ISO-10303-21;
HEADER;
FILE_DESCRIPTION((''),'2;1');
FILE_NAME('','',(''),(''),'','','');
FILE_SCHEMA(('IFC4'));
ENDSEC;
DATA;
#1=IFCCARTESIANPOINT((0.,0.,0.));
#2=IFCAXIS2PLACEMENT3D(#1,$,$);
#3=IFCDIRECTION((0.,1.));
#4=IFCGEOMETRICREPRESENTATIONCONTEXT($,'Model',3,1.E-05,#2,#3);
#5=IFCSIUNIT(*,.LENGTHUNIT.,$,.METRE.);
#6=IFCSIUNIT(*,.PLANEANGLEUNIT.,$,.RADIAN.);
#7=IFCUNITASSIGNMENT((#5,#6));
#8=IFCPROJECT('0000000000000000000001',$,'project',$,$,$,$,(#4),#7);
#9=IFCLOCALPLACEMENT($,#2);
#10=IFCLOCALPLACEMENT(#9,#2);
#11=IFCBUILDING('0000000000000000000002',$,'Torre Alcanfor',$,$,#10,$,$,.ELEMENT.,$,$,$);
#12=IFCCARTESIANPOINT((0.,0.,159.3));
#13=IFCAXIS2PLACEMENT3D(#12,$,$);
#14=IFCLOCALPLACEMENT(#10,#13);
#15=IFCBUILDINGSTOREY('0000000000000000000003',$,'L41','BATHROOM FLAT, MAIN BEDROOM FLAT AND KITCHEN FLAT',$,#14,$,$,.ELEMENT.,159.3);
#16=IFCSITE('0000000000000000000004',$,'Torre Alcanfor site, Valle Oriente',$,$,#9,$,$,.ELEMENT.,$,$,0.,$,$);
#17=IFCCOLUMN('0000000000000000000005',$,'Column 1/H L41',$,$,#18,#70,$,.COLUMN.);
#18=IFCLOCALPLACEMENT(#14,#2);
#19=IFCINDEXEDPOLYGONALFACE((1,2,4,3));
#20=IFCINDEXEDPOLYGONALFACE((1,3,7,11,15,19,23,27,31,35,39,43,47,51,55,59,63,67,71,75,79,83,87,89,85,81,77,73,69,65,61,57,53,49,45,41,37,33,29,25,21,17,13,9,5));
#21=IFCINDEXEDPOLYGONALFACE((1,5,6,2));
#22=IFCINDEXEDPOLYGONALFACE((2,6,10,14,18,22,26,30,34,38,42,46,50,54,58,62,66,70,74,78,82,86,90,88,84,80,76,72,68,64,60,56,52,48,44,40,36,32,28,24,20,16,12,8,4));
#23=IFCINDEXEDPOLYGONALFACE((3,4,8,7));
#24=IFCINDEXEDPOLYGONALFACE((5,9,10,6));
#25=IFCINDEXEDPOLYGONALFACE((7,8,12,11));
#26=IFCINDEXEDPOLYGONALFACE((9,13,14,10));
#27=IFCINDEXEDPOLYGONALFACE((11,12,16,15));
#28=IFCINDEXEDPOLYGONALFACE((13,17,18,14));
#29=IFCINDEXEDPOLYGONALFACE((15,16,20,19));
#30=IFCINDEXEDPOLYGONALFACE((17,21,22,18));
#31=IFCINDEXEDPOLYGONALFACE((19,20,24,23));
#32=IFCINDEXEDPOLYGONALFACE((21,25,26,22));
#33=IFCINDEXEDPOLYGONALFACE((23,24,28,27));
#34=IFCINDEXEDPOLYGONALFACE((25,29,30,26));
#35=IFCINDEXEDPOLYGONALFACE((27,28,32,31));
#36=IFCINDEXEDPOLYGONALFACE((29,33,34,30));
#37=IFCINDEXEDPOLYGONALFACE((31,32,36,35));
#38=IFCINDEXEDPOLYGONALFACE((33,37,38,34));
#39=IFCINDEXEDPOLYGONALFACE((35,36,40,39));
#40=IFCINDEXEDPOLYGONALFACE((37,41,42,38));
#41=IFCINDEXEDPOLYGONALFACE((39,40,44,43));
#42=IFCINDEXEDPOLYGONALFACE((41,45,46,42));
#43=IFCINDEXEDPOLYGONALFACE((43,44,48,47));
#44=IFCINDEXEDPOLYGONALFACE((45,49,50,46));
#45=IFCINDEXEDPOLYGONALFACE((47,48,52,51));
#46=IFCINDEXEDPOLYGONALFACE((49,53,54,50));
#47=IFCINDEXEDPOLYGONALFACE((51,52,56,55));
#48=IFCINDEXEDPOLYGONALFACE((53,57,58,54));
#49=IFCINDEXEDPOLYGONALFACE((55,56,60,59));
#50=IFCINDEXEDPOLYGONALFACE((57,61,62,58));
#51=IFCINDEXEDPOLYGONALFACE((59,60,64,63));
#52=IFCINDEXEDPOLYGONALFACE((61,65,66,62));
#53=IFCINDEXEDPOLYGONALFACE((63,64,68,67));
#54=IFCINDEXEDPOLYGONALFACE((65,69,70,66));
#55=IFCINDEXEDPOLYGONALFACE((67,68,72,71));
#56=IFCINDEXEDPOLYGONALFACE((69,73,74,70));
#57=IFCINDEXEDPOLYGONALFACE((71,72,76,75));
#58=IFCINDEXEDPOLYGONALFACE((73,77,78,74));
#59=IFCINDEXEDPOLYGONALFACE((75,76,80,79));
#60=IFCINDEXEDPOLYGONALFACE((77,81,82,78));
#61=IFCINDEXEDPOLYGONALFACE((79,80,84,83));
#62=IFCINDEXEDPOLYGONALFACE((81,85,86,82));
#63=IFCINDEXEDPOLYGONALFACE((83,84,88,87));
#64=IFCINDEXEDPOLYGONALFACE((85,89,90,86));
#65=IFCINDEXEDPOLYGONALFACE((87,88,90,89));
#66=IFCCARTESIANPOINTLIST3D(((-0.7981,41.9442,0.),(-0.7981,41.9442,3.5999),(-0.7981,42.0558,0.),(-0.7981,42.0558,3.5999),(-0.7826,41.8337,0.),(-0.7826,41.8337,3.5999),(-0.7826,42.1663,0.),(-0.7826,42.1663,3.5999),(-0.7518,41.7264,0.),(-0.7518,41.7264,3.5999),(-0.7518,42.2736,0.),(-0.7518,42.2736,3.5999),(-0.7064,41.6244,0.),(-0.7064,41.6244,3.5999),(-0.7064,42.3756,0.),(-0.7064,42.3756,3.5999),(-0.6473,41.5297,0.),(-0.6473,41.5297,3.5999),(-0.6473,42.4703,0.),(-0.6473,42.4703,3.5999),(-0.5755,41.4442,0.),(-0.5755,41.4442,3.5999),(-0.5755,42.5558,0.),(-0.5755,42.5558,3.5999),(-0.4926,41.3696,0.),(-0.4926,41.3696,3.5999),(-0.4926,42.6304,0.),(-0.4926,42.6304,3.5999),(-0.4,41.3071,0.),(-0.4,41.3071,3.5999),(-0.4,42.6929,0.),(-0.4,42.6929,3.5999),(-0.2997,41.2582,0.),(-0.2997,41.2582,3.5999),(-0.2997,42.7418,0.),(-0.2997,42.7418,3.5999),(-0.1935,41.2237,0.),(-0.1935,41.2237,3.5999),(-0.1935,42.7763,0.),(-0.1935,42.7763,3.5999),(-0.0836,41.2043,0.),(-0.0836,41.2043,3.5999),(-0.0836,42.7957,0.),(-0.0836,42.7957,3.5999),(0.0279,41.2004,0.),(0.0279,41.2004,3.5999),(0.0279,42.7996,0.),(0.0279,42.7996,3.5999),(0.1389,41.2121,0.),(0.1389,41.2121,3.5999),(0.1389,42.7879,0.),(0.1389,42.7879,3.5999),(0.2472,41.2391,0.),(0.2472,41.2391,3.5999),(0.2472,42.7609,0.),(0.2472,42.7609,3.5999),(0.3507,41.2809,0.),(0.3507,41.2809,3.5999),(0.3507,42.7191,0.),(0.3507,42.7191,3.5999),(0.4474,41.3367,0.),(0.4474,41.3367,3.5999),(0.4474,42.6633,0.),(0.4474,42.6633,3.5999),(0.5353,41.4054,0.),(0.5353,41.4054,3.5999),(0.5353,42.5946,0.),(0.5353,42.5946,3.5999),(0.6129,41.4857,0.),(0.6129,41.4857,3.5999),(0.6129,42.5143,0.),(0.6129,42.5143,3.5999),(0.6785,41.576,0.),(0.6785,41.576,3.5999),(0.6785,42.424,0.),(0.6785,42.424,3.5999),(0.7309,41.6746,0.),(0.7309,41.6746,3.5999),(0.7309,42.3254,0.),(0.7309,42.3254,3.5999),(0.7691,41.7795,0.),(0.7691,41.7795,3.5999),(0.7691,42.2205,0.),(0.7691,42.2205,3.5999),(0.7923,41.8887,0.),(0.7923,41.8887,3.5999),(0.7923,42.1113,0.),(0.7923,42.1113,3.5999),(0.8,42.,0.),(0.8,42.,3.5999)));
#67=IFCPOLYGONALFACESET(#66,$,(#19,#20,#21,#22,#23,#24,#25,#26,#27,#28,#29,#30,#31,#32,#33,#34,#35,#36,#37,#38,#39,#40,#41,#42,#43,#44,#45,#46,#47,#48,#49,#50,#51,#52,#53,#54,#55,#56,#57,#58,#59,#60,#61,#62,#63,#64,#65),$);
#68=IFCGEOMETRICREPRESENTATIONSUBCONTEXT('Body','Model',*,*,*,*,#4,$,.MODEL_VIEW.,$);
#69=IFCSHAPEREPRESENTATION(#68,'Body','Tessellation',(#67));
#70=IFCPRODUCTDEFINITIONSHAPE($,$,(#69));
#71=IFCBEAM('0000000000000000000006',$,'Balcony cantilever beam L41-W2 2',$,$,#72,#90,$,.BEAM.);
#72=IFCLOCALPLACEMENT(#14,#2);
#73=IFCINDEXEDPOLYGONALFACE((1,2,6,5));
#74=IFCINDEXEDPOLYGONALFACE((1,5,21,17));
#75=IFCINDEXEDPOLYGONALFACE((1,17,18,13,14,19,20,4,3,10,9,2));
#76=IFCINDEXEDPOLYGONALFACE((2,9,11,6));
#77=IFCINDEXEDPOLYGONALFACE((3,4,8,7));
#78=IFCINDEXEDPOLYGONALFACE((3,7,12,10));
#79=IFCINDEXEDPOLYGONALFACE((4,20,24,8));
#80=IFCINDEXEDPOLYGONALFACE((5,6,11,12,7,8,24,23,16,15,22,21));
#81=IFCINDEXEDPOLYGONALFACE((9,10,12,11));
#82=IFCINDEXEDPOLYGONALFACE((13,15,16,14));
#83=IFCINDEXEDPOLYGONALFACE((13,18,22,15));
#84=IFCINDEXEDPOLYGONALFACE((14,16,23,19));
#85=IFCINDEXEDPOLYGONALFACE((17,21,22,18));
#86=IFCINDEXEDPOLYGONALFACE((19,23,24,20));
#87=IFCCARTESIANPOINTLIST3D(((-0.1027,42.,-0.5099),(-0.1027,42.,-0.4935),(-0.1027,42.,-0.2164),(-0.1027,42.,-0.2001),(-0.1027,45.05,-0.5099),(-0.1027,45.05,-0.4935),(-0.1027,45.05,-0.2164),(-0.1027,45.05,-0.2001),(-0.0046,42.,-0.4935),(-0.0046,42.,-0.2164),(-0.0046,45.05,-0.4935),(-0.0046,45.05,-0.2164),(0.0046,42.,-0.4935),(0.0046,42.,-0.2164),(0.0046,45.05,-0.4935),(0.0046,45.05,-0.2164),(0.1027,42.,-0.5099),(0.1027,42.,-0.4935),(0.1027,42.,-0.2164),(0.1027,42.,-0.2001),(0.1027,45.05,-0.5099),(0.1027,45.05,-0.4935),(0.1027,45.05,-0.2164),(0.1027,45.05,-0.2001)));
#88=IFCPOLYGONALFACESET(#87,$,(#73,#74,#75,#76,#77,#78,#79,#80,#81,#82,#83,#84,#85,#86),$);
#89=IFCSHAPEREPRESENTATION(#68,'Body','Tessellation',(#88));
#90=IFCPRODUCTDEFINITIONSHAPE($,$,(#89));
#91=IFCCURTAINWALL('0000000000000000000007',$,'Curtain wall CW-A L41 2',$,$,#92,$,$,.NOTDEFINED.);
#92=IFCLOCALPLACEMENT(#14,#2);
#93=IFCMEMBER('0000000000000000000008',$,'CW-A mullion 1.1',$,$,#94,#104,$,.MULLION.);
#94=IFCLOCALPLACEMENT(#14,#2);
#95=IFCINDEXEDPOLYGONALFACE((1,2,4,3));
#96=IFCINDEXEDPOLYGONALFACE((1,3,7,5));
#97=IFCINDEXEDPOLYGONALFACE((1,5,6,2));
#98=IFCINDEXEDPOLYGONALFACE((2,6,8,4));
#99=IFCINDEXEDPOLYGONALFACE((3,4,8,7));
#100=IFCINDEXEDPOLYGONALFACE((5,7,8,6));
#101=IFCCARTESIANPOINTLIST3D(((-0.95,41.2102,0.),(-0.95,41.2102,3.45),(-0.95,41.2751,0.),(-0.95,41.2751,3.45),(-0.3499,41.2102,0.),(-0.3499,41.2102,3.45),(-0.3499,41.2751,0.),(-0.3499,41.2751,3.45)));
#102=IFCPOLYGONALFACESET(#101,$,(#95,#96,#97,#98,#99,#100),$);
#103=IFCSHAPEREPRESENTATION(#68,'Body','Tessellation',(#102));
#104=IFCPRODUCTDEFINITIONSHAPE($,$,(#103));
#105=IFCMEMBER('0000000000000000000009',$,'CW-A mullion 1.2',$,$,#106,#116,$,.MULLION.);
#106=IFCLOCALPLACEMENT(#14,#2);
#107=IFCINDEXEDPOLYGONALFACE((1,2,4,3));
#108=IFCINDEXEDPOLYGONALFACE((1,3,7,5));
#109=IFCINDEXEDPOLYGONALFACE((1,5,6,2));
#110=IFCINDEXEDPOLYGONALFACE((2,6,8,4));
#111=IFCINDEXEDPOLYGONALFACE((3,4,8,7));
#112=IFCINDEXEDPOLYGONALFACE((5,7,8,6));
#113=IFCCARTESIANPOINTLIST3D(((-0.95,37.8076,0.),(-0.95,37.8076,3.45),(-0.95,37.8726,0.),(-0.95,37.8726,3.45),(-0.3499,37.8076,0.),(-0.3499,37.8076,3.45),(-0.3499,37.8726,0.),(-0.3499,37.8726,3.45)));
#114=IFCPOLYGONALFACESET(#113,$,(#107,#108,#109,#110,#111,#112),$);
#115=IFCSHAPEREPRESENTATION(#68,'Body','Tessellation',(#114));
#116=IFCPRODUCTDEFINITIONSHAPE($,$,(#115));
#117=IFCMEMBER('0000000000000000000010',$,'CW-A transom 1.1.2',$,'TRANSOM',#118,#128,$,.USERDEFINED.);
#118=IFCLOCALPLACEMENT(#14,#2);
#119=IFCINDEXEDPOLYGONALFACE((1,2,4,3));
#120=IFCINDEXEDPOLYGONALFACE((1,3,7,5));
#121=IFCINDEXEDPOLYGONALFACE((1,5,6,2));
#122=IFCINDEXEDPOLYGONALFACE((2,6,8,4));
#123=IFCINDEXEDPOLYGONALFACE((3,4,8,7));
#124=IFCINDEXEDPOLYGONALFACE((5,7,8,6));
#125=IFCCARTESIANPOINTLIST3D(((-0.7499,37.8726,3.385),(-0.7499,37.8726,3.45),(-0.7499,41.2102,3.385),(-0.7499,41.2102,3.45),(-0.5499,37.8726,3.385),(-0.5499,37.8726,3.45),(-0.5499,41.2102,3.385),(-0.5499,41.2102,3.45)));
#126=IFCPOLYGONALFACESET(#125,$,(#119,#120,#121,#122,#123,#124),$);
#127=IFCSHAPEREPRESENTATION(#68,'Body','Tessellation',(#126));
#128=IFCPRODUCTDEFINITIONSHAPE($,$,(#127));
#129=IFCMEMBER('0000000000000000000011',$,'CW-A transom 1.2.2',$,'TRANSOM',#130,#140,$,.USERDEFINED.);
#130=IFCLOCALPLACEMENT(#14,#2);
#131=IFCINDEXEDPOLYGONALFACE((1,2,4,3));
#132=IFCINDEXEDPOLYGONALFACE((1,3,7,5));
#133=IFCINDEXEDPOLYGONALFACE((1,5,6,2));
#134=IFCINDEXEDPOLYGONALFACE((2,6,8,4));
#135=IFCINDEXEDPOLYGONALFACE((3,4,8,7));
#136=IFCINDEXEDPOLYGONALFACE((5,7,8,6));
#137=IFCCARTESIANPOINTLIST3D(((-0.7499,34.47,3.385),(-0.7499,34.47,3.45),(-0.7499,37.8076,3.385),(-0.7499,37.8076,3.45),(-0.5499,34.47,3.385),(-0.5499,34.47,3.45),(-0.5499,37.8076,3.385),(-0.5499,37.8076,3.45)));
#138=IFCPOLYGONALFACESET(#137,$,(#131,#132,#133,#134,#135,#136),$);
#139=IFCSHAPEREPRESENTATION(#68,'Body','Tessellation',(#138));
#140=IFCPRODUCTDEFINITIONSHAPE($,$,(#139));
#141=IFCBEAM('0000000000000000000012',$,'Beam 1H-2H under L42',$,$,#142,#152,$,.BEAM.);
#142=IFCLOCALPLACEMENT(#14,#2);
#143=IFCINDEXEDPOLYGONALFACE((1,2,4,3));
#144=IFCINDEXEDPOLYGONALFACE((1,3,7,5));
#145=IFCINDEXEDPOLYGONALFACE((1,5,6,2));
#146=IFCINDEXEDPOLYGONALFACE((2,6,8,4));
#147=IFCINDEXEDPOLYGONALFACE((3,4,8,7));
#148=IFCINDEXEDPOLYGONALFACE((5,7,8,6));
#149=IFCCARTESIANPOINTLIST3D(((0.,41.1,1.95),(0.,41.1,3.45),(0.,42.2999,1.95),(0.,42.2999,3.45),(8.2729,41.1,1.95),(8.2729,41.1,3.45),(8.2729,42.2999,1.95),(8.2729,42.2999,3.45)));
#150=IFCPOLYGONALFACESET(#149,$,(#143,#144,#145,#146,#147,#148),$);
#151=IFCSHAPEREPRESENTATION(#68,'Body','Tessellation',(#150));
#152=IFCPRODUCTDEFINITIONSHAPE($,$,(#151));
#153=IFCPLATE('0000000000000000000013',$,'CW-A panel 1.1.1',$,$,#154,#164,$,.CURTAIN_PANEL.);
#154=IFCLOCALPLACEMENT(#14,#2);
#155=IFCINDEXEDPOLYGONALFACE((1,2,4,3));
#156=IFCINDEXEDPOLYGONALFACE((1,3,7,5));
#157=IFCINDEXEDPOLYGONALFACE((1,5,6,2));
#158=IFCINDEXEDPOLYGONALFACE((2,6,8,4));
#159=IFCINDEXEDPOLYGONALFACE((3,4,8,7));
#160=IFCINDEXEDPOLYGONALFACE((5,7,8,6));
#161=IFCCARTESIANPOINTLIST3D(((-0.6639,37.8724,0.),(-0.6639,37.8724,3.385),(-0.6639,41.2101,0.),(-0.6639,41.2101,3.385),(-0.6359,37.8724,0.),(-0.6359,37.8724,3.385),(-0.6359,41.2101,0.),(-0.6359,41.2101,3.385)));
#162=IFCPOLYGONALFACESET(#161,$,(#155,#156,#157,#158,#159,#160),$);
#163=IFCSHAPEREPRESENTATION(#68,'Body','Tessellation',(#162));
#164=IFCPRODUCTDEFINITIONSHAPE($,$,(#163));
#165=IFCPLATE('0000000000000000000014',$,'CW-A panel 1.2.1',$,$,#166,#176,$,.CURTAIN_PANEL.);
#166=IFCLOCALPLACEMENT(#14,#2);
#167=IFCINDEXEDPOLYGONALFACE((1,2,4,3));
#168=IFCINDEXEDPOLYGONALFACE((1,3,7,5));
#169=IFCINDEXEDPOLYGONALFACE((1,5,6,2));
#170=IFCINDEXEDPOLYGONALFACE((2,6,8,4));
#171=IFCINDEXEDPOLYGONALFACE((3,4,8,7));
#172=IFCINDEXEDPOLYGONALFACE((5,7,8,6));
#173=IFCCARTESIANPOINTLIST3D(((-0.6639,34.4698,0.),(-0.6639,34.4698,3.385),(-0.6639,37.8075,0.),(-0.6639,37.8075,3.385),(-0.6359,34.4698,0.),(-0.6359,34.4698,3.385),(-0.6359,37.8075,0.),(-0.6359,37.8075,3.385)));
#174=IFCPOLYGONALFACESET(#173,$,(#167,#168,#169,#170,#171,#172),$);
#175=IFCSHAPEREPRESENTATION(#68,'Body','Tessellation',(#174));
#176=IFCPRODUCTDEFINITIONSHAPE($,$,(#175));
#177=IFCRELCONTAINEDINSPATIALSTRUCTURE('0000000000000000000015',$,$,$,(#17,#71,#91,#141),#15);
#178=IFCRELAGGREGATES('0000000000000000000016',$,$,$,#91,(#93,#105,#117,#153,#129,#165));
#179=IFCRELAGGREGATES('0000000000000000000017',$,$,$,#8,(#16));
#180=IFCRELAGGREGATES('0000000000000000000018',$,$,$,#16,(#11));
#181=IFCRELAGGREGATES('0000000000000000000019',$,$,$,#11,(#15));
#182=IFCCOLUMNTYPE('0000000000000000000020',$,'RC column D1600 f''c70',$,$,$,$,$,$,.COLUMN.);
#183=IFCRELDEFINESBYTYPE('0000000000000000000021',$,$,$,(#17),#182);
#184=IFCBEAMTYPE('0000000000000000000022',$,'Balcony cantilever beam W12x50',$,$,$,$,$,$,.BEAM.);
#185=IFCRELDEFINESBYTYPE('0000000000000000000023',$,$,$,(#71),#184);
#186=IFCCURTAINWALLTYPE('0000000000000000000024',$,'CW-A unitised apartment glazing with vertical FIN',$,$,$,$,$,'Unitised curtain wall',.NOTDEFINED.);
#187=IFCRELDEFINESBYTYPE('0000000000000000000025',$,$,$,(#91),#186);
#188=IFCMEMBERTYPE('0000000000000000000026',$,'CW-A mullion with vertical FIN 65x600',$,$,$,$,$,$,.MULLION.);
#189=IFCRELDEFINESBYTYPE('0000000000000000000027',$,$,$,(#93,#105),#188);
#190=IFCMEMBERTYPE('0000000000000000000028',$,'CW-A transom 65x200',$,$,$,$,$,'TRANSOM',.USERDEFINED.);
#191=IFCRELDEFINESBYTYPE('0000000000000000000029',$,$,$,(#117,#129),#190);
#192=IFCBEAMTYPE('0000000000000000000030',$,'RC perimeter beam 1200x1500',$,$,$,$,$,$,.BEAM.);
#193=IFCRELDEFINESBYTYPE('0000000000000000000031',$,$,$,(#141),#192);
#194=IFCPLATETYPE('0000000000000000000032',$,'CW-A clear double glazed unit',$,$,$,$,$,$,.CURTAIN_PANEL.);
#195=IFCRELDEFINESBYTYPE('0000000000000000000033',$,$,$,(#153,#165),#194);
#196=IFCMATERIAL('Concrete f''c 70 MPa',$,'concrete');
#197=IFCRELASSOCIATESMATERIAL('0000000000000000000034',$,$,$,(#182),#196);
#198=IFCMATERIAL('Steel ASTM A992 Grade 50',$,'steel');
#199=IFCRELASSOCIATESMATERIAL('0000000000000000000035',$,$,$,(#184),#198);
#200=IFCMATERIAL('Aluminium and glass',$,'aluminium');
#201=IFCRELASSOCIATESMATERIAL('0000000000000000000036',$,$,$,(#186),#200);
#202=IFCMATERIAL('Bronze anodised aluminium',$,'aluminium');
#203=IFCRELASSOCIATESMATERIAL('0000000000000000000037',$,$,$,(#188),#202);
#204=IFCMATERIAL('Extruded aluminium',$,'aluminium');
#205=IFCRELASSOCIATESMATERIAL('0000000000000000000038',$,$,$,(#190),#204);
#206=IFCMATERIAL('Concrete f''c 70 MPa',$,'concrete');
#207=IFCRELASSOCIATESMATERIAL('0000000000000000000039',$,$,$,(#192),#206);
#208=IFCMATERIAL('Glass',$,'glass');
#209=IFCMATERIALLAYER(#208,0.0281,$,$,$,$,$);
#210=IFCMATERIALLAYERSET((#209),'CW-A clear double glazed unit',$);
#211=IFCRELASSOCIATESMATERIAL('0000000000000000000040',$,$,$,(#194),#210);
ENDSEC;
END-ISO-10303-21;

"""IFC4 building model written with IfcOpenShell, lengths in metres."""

from ifc_helpers import new_model, si_unit, direction, frame, origin, origin_2d, place, context, subcontext, project, spatial, rectangle, circle, i_section, extrude, material, layer, layer_set, material_profile, profile_set, type_object, element, aggregate, save


model = new_model("IFC4")

# Units and contexts
model_context = context("Model", 3, precision=1e-05, world=origin(), true_north=direction((0.0, 1.0)))
body_context = subcontext(model_context, "Body", "Model", "MODEL_VIEW")
ifc_project = project(units=[si_unit("LENGTHUNIT", "METRE"), si_unit("PLANEANGLEUNIT", "RADIAN")], contexts=[model_context])

# Site, building, storey
site_placement = place(None, origin())
site = spatial("IfcSite", under=ifc_project, at=site_placement, Name="Torre Alcanfor site, Valle Oriente", CompositionType="ELEMENT", RefElevation=0.0)
building_placement = place(site_placement, origin())
building = spatial("IfcBuilding", under=site, at=building_placement, Name="Torre Alcanfor", CompositionType="ELEMENT")
storey_placement = place(building_placement, frame((0.0, 0.0, 159.3)))
storey = spatial("IfcBuildingStorey", under=building, at=storey_placement, Name="L41", Description="BATHROOM FLAT, MAIN BEDROOM FLAT AND KITCHEN FLAT", CompositionType="ELEMENT", Elevation=159.3)

# Column
ifc_material_1 = material(Name="Concrete f'c 70 MPa", Category="concrete")
ifc_material_profile_1 = material_profile(ifc_material_1, circle(Radius=0.8, at=origin_2d()), Name="D1600")
ifc_profile_set_1 = profile_set([ifc_material_profile_1], Name="Concrete f'c 70 MPa")
column_type = type_object("IfcColumnType", Name="RC column D1600 f'c70", PredefinedType="COLUMN", material=ifc_profile_set_1)
column_placement = place(storey_placement, frame((0.0, 42.0, 0.0), z_axis=(0.0, 0.0, 1.0), x_axis=(1.0, 0.0, 0.0)))
element("IfcColumn", 1, at=column_placement, inside=storey, type_object=column_type, Name="Column 1/H L41", PredefinedType="COLUMN", context=body_context, shape_type="SweptSolid", body=[
    extrude(circle(Radius=0.8, at=origin_2d()), origin(), (0.0, 0.0, 1.0), 3.5999),
])

# Beam
ifc_material_2 = material(Name="Steel ASTM A992 Grade 50", Category="steel")
ifc_material_profile_2 = material_profile(ifc_material_2, i_section(OverallWidth=0.2053, OverallDepth=0.3098, WebThickness=0.0093, FlangeThickness=0.0164, at=origin_2d()), Name="W12x50")
ifc_profile_set_2 = profile_set([ifc_material_profile_2], Name="Steel ASTM A992 Grade 50")
beam_type_1 = type_object("IfcBeamType", Name="Balcony cantilever beam W12x50", PredefinedType="BEAM", material=ifc_profile_set_2)
beam_1_placement = place(storey_placement, frame((0.0, 42.0, -0.355), z_axis=(0.0, 1.0, 0.0), x_axis=(-1.0, 0.0, 0.0)))
element("IfcBeam", 2, at=beam_1_placement, inside=storey, type_object=beam_type_1, Name="Balcony cantilever beam L41-W2 2", PredefinedType="BEAM", context=body_context, shape_type="SweptSolid", body=[
    extrude(i_section(OverallWidth=0.2053, OverallDepth=0.3098, WebThickness=0.0093, FlangeThickness=0.0164, at=origin_2d()), origin(), (0.0, 0.0, 1.0), 3.05),
])

# Curtain wall, members
ifc_material_3 = material(Name="Aluminium and glass", Category="aluminium")
curtain_wall_type = type_object("IfcCurtainWallType", Name="CW-A unitised apartment glazing with vertical FIN", ElementType="Unitised curtain wall", PredefinedType="NOTDEFINED", material=ifc_material_3)
curtain_wall_placement = place(storey_placement, origin())
curtain_wall = element("IfcCurtainWall", 3, at=curtain_wall_placement, inside=storey, type_object=curtain_wall_type, Name="Curtain wall CW-A L41 2", PredefinedType="NOTDEFINED")
ifc_material_4 = material(Name="Bronze anodised aluminium", Category="aluminium")
ifc_material_profile_3 = material_profile(ifc_material_4, rectangle(XDim=0.6001, YDim=0.0649, at=origin_2d()), Name="CW-A mullion 65x600")
ifc_profile_set_3 = profile_set([ifc_material_profile_3], Name="Bronze anodised aluminium")
member_type_1 = type_object("IfcMemberType", Name="CW-A mullion with vertical FIN 65x600", PredefinedType="MULLION", material=ifc_profile_set_3)
member_1_placement = place(storey_placement, frame((-0.6499, 41.2427, 0.0), z_axis=(0.0, 0.0, 1.0), x_axis=(1.0, 0.0, 0.0)))
member_1 = element("IfcMember", 4, at=member_1_placement, type_object=member_type_1, Name="CW-A mullion 1.1", PredefinedType="MULLION", context=body_context, shape_type="SweptSolid", body=[
    extrude(rectangle(XDim=0.6001, YDim=0.0649, at=origin_2d()), origin(), (0.0, 0.0, 1.0), 3.45),
])
member_2_placement = place(storey_placement, frame((-0.6499, 37.8401, 0.0), z_axis=(0.0, 0.0, 1.0), x_axis=(1.0, 0.0, 0.0)))
member_2 = element("IfcMember", 5, at=member_2_placement, type_object=member_type_1, Name="CW-A mullion 1.2", PredefinedType="MULLION", context=body_context, shape_type="SweptSolid", body=[
    extrude(rectangle(XDim=0.6001, YDim=0.0649, at=origin_2d()), origin(), (0.0, 0.0, 1.0), 3.45),
])
ifc_material_5 = material(Name="Extruded aluminium", Category="aluminium")
ifc_material_profile_4 = material_profile(ifc_material_5, rectangle(XDim=0.2, YDim=0.0649, at=origin_2d()), Name="CW-A transom 200x65")
ifc_profile_set_4 = profile_set([ifc_material_profile_4], Name="Extruded aluminium")
member_type_2 = type_object("IfcMemberType", Name="CW-A transom 65x200", ElementType="TRANSOM", PredefinedType="USERDEFINED", material=ifc_profile_set_4)
member_3_placement = place(storey_placement, frame((-0.6499, 41.2102, 3.4175), z_axis=(0.0, -1.0, 0.0), x_axis=(1.0, 0.0, 0.0)))
member_3 = element("IfcMember", 6, at=member_3_placement, type_object=member_type_2, Name="CW-A transom 1.1.2", ObjectType="TRANSOM", PredefinedType="USERDEFINED", context=body_context, shape_type="SweptSolid", body=[
    extrude(rectangle(XDim=0.2, YDim=0.0649, at=origin_2d()), origin(), (0.0, 0.0, 1.0), 3.3376),
])
member_4_placement = place(storey_placement, frame((-0.6499, 37.8076, 3.4175), z_axis=(0.0, -1.0, 0.0), x_axis=(1.0, 0.0, 0.0)))
member_4 = element("IfcMember", 7, at=member_4_placement, type_object=member_type_2, Name="CW-A transom 1.2.2", ObjectType="TRANSOM", PredefinedType="USERDEFINED", context=body_context, shape_type="SweptSolid", body=[
    extrude(rectangle(XDim=0.2, YDim=0.0649, at=origin_2d()), origin(), (0.0, 0.0, 1.0), 3.3376),
])

# Beam
ifc_material_6 = material(Name="Concrete f'c 70 MPa", Category="concrete")
ifc_material_profile_5 = material_profile(ifc_material_6, rectangle(XDim=1.2, YDim=1.5, at=origin_2d()), Name="1200x1500")
ifc_profile_set_5 = profile_set([ifc_material_profile_5], Name="Concrete f'c 70 MPa")
beam_type_2 = type_object("IfcBeamType", Name="RC perimeter beam 1200x1500", PredefinedType="BEAM", material=ifc_profile_set_5)
beam_2_placement = place(storey_placement, frame((0.0, 41.7, 2.7), z_axis=(1.0, 0.0, 0.0), x_axis=(0.0, 1.0, 0.0)))
element("IfcBeam", 8, at=beam_2_placement, inside=storey, type_object=beam_type_2, Name="Beam 1H-2H under L42", PredefinedType="BEAM", context=body_context, shape_type="SweptSolid", body=[
    extrude(rectangle(XDim=1.2, YDim=1.5, at=origin_2d()), origin(), (0.0, 0.0, 1.0), 8.2729),
])

# Plates
ifc_material_7 = material(Name="Glass", Category="glass")
ifc_layer_1 = layer(ifc_material_7, 0.0281)
ifc_layer_set_1 = layer_set([ifc_layer_1], Name="CW-A clear double glazed unit")
plate_type = type_object("IfcPlateType", Name="CW-A clear double glazed unit", PredefinedType="CURTAIN_PANEL", material=ifc_layer_set_1)
plate_1_placement = place(storey_placement, frame((-0.6499, 39.5413, 0.0), z_axis=(0.0, 0.0, 1.0), x_axis=(0.0, -1.0, 0.0)))
plate_1 = element("IfcPlate", 9, at=plate_1_placement, type_object=plate_type, Name="CW-A panel 1.1.1", PredefinedType="CURTAIN_PANEL", context=body_context, shape_type="SweptSolid", body=[
    extrude(rectangle(XDim=3.3376, YDim=0.0281, at=origin_2d()), origin(), (0.0, 0.0, 1.0), 3.385),
])
plate_2_placement = place(storey_placement, frame((-0.6499, 36.1387, 0.0), z_axis=(0.0, 0.0, 1.0), x_axis=(0.0, -1.0, 0.0)))
plate_2 = element("IfcPlate", 10, at=plate_2_placement, type_object=plate_type, Name="CW-A panel 1.2.1", PredefinedType="CURTAIN_PANEL", context=body_context, shape_type="SweptSolid", body=[
    extrude(rectangle(XDim=3.3376, YDim=0.0281, at=origin_2d()), origin(), (0.0, 0.0, 1.0), 3.385),
])
aggregate(curtain_wall, [member_1, member_2, member_3, plate_1, member_4, plate_2])

save(model, "model.ifc")
